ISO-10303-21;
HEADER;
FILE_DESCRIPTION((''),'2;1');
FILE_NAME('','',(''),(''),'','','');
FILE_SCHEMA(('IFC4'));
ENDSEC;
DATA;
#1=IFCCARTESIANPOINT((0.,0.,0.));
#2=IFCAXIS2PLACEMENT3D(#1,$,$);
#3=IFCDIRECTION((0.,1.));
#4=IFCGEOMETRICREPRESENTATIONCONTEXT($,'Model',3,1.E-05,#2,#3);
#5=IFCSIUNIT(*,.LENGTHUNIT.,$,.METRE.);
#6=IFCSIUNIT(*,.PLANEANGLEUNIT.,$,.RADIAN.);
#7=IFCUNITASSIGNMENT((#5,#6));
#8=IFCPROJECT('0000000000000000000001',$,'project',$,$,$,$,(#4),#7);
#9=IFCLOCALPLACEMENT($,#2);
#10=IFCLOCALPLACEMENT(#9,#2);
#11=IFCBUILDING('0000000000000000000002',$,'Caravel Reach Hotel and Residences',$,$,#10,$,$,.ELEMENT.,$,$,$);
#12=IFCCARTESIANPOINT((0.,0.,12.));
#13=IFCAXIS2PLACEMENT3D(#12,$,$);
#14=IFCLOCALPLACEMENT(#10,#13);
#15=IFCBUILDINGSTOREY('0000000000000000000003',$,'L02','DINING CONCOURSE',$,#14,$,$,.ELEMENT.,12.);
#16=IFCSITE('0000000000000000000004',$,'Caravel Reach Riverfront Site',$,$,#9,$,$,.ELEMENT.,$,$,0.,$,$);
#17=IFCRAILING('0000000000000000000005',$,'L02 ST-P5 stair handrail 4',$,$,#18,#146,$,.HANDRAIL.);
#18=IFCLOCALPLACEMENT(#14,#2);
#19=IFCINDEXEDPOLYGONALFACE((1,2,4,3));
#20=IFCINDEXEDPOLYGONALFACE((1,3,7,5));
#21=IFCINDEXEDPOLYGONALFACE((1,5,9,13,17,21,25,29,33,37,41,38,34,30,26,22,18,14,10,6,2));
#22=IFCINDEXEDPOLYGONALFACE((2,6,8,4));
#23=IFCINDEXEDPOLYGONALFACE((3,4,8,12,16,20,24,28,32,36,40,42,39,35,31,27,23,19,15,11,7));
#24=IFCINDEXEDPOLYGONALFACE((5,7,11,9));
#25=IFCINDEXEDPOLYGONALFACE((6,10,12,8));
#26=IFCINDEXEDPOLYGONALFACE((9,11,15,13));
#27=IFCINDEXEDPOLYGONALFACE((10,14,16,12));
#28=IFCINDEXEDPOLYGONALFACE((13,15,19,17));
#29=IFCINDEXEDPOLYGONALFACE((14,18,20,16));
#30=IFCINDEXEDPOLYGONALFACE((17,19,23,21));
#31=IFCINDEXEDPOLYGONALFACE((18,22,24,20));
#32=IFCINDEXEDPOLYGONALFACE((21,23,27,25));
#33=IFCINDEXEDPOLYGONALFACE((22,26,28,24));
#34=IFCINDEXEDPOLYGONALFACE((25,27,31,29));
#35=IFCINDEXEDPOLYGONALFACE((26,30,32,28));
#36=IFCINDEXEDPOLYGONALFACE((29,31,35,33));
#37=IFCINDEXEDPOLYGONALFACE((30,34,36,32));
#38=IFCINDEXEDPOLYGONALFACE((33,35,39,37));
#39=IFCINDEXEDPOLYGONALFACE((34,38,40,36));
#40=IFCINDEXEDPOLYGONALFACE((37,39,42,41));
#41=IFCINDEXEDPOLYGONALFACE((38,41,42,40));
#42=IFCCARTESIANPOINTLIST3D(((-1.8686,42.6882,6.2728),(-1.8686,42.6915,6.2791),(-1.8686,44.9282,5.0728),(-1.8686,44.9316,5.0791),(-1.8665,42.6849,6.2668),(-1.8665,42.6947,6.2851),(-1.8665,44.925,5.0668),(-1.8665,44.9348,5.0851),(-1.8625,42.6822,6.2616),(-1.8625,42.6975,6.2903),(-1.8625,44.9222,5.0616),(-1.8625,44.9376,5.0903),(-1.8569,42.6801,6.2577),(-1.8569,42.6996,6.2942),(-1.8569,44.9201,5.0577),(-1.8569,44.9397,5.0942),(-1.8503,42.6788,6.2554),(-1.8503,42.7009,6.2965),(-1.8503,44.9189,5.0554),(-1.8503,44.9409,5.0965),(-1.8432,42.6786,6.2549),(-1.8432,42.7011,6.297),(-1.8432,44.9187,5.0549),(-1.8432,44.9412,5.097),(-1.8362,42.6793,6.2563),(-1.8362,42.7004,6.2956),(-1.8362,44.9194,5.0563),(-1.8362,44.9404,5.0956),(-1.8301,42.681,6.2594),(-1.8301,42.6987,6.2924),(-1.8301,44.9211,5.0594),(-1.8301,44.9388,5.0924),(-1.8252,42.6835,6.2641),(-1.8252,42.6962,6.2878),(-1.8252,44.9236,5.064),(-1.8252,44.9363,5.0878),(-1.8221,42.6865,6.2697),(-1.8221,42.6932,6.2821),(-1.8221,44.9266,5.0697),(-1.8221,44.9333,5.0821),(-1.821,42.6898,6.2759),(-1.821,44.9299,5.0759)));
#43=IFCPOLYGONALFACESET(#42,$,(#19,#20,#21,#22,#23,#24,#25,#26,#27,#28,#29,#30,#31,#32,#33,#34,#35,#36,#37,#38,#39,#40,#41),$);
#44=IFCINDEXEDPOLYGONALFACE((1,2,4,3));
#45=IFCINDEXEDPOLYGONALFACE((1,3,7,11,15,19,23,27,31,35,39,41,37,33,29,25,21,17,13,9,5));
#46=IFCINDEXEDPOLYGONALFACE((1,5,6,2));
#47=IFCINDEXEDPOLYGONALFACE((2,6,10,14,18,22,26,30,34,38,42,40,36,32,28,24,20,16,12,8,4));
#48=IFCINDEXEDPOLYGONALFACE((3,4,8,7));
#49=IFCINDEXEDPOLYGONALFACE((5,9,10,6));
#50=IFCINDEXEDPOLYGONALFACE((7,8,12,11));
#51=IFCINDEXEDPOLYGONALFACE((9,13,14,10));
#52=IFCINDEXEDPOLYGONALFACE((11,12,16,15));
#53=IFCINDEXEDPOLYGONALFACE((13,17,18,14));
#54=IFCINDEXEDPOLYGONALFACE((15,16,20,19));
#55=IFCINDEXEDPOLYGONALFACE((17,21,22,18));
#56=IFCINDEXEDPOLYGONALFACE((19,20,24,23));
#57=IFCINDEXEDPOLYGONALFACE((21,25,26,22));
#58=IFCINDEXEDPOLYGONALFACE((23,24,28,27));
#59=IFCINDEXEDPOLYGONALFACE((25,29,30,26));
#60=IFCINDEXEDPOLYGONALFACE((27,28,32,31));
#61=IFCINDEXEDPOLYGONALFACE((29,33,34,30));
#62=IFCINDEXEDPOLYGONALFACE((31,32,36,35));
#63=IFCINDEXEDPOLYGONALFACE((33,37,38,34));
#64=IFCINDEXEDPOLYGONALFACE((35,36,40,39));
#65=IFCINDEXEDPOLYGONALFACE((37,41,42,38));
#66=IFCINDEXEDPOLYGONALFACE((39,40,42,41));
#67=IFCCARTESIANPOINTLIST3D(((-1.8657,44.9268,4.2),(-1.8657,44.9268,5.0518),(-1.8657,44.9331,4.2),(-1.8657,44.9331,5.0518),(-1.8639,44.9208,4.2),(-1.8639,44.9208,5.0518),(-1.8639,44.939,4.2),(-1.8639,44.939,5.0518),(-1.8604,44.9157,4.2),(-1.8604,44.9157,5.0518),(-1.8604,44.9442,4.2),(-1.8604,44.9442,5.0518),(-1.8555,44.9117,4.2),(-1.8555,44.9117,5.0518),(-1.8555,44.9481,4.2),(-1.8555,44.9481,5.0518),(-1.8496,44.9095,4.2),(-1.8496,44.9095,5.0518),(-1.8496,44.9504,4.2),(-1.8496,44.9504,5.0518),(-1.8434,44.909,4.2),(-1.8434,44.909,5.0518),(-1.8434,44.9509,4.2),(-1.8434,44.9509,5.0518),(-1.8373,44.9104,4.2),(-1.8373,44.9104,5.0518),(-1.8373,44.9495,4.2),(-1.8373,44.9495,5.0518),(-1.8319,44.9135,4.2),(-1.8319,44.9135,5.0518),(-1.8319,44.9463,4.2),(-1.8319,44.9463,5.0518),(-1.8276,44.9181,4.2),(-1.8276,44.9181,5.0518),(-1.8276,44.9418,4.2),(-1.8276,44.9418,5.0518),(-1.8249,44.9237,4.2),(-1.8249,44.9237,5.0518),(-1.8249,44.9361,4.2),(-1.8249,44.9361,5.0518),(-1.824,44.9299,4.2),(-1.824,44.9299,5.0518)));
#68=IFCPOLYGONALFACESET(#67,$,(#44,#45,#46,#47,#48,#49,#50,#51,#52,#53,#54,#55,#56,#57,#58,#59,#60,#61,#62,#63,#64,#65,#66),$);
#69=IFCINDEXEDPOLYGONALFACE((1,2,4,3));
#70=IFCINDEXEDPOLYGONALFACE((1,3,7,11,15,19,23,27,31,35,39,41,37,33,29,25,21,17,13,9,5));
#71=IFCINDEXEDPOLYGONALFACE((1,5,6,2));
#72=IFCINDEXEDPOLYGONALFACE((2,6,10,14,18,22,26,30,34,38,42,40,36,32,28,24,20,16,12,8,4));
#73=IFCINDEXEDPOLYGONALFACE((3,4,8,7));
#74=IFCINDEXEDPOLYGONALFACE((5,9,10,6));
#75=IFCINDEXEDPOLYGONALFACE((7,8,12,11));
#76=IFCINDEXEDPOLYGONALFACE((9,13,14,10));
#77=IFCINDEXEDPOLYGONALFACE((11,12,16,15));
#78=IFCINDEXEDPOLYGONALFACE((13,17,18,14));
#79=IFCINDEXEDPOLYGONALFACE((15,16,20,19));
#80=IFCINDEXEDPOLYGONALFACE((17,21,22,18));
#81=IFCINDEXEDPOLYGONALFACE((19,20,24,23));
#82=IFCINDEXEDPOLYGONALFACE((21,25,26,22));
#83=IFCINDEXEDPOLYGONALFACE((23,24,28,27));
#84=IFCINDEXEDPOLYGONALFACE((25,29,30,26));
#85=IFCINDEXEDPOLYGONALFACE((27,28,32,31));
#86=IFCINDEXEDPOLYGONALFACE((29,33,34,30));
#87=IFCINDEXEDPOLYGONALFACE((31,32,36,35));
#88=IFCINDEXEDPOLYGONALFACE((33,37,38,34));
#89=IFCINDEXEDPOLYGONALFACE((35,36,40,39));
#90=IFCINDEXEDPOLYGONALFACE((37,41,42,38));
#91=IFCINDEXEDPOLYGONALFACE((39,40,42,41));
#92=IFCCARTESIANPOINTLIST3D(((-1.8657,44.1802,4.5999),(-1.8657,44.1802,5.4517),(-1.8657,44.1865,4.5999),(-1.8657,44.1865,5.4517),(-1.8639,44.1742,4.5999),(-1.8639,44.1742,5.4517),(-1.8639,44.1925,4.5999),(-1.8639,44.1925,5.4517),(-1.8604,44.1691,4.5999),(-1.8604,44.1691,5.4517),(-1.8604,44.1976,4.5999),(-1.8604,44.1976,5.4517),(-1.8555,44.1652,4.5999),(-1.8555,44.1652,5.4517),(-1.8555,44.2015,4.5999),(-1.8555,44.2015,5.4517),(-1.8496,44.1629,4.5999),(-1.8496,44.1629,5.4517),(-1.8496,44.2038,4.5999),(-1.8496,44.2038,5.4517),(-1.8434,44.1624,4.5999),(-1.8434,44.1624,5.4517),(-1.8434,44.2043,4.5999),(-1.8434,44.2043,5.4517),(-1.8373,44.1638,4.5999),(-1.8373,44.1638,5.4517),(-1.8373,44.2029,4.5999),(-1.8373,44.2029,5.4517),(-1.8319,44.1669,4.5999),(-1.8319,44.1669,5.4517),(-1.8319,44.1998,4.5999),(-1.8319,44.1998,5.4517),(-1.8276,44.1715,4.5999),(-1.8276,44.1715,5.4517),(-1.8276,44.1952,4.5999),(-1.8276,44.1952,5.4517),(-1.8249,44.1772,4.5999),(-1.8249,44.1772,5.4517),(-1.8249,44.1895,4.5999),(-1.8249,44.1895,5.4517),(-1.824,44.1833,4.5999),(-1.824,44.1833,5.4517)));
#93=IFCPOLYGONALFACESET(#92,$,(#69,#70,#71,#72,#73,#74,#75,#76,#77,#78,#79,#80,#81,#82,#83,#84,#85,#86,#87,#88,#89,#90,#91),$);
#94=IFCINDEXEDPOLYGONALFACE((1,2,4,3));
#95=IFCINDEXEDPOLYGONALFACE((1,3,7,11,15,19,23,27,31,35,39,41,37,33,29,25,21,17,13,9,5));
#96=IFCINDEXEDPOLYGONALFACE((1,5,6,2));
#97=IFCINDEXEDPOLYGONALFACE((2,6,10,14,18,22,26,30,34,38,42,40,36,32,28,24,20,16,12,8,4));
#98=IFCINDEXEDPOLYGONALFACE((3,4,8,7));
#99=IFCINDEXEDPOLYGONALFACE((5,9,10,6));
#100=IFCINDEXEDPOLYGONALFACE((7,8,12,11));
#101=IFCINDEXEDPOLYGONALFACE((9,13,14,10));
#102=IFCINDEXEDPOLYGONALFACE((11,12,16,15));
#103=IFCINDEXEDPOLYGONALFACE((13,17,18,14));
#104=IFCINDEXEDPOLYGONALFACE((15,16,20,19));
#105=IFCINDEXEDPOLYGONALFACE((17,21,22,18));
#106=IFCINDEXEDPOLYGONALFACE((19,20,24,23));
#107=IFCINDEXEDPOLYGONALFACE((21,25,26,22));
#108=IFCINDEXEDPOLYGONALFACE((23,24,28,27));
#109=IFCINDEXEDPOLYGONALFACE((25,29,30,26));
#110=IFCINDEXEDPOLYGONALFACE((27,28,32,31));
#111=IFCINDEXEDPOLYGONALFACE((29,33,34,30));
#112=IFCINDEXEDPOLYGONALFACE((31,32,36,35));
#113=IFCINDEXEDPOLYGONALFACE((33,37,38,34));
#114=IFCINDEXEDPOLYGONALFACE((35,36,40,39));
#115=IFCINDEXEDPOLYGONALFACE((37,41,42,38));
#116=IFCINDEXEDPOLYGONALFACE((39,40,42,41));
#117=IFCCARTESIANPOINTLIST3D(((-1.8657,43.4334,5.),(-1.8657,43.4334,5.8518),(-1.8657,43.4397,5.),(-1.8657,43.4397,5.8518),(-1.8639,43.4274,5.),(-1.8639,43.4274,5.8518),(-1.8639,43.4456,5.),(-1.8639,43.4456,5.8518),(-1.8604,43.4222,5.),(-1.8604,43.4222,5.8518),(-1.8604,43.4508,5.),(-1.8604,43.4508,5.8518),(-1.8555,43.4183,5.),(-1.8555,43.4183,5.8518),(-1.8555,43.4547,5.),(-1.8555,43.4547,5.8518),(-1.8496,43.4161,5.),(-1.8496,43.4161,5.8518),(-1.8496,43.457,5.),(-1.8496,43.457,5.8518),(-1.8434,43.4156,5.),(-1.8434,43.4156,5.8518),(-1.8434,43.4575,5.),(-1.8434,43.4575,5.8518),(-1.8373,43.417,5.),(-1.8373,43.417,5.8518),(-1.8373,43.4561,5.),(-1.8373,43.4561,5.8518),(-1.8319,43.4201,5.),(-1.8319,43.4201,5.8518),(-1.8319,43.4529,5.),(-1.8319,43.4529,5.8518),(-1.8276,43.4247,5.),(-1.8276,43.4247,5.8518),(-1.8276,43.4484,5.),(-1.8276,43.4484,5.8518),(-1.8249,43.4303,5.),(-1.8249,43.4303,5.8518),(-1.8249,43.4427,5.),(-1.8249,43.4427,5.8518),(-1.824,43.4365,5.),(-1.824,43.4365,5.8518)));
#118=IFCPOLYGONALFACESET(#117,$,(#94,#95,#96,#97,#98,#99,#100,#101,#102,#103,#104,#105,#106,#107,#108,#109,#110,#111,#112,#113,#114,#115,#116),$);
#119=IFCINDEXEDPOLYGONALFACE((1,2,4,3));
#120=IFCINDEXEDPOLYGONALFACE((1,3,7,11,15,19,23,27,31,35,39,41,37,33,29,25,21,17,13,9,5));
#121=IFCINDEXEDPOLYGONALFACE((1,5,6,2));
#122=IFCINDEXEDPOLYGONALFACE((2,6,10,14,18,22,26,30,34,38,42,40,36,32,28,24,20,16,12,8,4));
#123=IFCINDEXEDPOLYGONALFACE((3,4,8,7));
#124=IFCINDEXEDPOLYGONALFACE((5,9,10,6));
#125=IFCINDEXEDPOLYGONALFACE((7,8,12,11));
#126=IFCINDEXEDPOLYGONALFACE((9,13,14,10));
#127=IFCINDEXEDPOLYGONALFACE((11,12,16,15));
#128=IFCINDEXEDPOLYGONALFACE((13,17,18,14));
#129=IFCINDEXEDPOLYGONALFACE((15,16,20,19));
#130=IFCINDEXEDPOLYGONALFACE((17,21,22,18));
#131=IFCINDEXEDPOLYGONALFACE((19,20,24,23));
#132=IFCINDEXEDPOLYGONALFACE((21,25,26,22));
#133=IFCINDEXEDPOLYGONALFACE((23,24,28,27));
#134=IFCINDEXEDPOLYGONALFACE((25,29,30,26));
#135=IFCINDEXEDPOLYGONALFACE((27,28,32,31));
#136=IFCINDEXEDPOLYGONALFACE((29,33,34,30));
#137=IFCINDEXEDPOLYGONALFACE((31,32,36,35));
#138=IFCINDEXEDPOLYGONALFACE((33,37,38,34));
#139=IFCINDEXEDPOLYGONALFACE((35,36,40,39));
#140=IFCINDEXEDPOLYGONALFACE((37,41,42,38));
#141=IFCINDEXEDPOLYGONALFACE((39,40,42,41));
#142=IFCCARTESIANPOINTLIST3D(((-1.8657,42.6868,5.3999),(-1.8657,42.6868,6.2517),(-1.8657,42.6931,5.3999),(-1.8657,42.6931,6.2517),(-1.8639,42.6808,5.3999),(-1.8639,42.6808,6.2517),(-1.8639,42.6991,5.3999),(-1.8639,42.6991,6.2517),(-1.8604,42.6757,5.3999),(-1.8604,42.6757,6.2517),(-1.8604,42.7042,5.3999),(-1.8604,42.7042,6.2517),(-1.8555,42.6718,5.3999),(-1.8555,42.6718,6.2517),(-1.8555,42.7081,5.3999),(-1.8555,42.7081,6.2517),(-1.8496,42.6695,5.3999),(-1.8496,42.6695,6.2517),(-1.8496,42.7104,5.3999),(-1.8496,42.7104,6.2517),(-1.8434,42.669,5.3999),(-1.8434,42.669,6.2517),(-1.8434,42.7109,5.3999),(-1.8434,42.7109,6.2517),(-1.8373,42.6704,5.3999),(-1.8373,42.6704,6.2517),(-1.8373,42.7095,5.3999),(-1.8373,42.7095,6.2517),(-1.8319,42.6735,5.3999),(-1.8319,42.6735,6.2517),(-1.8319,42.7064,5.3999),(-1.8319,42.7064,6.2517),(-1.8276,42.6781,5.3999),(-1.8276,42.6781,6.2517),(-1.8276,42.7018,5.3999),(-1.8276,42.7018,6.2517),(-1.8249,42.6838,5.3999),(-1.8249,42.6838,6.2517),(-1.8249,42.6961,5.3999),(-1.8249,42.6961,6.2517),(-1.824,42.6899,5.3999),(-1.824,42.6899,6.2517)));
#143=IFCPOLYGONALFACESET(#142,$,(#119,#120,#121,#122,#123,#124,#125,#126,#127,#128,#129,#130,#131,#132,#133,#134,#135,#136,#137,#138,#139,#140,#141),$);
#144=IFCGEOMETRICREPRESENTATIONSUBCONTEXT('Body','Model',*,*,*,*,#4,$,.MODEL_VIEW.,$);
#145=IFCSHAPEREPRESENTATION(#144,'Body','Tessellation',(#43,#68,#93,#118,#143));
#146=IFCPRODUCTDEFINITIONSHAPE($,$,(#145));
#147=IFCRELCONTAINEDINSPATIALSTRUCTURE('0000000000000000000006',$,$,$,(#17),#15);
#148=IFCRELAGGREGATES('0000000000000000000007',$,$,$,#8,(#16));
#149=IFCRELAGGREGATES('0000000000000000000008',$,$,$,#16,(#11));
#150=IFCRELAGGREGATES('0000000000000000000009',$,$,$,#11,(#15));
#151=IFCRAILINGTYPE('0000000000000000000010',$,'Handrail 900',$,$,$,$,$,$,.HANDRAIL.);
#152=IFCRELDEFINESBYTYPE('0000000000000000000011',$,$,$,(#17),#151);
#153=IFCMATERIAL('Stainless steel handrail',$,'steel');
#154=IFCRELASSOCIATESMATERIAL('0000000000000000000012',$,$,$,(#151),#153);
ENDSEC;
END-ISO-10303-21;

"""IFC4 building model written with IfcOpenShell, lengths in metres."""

from ifc_helpers import new_model, si_unit, direction, frame, origin, origin_2d, place, context, subcontext, project, spatial, circle, extrude, material, type_object, element, save


model = new_model("IFC4")

# Units and contexts
model_context = context("Model", 3, precision=1e-05, world=origin(), true_north=direction((0.0, 1.0)))
body_context = subcontext(model_context, "Body", "Model", "MODEL_VIEW")
ifc_project = project(units=[si_unit("LENGTHUNIT", "METRE"), si_unit("PLANEANGLEUNIT", "RADIAN")], contexts=[model_context])

# Site, building, storey
site_placement = place(None, origin())
site = spatial("IfcSite", under=ifc_project, at=site_placement, Name="Caravel Reach Riverfront Site", CompositionType="ELEMENT", RefElevation=0.0)
building_placement = place(site_placement, origin())
building = spatial("IfcBuilding", under=site, at=building_placement, Name="Caravel Reach Hotel and Residences", CompositionType="ELEMENT")
storey_placement = place(building_placement, frame((0.0, 0.0, 12.0)))
storey = spatial("IfcBuildingStorey", under=building, at=storey_placement, Name="L02", Description="DINING CONCOURSE", CompositionType="ELEMENT", Elevation=12.0)

# Railing
ifc_material_1 = material(Name="Stainless steel handrail", Category="steel")
railing_type_1 = type_object("IfcRailingType", Name="Handrail 900", PredefinedType="HANDRAIL", material=ifc_material_1)
railing_1_placement = place(storey_placement, frame((-1.845, 44.9299, 4.2)))
element("IfcRailing", 1, at=railing_1_placement, inside=storey, type_object=railing_type_1, Name="L02 ST-P5 stair handrail 4", PredefinedType="HANDRAIL", context=body_context, shape_type="SweptSolid", body=[
    extrude(circle(Radius=0.0239, at=origin_2d()), frame((0.0, 0.0, 0.876), z_axis=(0.0, -0.881487, 0.472208), x_axis=(1.0, 0.0, 0.0)), (0.0, 0.0, 1.0), 2.5413),
    extrude(circle(Radius=0.021, at=origin_2d()), origin(), (0.0, 0.0, 1.0), 0.8518),
    extrude(circle(Radius=0.021, at=origin_2d()), frame((0.0, -0.7466, 0.3999)), (0.0, 0.0, 1.0), 0.8518),
    extrude(circle(Radius=0.021, at=origin_2d()), frame((0.0, -1.4934, 0.8)), (0.0, 0.0, 1.0), 0.8518),
    extrude(circle(Radius=0.021, at=origin_2d()), frame((0.0, -2.24, 1.2)), (0.0, 0.0, 1.0), 0.8518),
])

save(model, "model.ifc")
